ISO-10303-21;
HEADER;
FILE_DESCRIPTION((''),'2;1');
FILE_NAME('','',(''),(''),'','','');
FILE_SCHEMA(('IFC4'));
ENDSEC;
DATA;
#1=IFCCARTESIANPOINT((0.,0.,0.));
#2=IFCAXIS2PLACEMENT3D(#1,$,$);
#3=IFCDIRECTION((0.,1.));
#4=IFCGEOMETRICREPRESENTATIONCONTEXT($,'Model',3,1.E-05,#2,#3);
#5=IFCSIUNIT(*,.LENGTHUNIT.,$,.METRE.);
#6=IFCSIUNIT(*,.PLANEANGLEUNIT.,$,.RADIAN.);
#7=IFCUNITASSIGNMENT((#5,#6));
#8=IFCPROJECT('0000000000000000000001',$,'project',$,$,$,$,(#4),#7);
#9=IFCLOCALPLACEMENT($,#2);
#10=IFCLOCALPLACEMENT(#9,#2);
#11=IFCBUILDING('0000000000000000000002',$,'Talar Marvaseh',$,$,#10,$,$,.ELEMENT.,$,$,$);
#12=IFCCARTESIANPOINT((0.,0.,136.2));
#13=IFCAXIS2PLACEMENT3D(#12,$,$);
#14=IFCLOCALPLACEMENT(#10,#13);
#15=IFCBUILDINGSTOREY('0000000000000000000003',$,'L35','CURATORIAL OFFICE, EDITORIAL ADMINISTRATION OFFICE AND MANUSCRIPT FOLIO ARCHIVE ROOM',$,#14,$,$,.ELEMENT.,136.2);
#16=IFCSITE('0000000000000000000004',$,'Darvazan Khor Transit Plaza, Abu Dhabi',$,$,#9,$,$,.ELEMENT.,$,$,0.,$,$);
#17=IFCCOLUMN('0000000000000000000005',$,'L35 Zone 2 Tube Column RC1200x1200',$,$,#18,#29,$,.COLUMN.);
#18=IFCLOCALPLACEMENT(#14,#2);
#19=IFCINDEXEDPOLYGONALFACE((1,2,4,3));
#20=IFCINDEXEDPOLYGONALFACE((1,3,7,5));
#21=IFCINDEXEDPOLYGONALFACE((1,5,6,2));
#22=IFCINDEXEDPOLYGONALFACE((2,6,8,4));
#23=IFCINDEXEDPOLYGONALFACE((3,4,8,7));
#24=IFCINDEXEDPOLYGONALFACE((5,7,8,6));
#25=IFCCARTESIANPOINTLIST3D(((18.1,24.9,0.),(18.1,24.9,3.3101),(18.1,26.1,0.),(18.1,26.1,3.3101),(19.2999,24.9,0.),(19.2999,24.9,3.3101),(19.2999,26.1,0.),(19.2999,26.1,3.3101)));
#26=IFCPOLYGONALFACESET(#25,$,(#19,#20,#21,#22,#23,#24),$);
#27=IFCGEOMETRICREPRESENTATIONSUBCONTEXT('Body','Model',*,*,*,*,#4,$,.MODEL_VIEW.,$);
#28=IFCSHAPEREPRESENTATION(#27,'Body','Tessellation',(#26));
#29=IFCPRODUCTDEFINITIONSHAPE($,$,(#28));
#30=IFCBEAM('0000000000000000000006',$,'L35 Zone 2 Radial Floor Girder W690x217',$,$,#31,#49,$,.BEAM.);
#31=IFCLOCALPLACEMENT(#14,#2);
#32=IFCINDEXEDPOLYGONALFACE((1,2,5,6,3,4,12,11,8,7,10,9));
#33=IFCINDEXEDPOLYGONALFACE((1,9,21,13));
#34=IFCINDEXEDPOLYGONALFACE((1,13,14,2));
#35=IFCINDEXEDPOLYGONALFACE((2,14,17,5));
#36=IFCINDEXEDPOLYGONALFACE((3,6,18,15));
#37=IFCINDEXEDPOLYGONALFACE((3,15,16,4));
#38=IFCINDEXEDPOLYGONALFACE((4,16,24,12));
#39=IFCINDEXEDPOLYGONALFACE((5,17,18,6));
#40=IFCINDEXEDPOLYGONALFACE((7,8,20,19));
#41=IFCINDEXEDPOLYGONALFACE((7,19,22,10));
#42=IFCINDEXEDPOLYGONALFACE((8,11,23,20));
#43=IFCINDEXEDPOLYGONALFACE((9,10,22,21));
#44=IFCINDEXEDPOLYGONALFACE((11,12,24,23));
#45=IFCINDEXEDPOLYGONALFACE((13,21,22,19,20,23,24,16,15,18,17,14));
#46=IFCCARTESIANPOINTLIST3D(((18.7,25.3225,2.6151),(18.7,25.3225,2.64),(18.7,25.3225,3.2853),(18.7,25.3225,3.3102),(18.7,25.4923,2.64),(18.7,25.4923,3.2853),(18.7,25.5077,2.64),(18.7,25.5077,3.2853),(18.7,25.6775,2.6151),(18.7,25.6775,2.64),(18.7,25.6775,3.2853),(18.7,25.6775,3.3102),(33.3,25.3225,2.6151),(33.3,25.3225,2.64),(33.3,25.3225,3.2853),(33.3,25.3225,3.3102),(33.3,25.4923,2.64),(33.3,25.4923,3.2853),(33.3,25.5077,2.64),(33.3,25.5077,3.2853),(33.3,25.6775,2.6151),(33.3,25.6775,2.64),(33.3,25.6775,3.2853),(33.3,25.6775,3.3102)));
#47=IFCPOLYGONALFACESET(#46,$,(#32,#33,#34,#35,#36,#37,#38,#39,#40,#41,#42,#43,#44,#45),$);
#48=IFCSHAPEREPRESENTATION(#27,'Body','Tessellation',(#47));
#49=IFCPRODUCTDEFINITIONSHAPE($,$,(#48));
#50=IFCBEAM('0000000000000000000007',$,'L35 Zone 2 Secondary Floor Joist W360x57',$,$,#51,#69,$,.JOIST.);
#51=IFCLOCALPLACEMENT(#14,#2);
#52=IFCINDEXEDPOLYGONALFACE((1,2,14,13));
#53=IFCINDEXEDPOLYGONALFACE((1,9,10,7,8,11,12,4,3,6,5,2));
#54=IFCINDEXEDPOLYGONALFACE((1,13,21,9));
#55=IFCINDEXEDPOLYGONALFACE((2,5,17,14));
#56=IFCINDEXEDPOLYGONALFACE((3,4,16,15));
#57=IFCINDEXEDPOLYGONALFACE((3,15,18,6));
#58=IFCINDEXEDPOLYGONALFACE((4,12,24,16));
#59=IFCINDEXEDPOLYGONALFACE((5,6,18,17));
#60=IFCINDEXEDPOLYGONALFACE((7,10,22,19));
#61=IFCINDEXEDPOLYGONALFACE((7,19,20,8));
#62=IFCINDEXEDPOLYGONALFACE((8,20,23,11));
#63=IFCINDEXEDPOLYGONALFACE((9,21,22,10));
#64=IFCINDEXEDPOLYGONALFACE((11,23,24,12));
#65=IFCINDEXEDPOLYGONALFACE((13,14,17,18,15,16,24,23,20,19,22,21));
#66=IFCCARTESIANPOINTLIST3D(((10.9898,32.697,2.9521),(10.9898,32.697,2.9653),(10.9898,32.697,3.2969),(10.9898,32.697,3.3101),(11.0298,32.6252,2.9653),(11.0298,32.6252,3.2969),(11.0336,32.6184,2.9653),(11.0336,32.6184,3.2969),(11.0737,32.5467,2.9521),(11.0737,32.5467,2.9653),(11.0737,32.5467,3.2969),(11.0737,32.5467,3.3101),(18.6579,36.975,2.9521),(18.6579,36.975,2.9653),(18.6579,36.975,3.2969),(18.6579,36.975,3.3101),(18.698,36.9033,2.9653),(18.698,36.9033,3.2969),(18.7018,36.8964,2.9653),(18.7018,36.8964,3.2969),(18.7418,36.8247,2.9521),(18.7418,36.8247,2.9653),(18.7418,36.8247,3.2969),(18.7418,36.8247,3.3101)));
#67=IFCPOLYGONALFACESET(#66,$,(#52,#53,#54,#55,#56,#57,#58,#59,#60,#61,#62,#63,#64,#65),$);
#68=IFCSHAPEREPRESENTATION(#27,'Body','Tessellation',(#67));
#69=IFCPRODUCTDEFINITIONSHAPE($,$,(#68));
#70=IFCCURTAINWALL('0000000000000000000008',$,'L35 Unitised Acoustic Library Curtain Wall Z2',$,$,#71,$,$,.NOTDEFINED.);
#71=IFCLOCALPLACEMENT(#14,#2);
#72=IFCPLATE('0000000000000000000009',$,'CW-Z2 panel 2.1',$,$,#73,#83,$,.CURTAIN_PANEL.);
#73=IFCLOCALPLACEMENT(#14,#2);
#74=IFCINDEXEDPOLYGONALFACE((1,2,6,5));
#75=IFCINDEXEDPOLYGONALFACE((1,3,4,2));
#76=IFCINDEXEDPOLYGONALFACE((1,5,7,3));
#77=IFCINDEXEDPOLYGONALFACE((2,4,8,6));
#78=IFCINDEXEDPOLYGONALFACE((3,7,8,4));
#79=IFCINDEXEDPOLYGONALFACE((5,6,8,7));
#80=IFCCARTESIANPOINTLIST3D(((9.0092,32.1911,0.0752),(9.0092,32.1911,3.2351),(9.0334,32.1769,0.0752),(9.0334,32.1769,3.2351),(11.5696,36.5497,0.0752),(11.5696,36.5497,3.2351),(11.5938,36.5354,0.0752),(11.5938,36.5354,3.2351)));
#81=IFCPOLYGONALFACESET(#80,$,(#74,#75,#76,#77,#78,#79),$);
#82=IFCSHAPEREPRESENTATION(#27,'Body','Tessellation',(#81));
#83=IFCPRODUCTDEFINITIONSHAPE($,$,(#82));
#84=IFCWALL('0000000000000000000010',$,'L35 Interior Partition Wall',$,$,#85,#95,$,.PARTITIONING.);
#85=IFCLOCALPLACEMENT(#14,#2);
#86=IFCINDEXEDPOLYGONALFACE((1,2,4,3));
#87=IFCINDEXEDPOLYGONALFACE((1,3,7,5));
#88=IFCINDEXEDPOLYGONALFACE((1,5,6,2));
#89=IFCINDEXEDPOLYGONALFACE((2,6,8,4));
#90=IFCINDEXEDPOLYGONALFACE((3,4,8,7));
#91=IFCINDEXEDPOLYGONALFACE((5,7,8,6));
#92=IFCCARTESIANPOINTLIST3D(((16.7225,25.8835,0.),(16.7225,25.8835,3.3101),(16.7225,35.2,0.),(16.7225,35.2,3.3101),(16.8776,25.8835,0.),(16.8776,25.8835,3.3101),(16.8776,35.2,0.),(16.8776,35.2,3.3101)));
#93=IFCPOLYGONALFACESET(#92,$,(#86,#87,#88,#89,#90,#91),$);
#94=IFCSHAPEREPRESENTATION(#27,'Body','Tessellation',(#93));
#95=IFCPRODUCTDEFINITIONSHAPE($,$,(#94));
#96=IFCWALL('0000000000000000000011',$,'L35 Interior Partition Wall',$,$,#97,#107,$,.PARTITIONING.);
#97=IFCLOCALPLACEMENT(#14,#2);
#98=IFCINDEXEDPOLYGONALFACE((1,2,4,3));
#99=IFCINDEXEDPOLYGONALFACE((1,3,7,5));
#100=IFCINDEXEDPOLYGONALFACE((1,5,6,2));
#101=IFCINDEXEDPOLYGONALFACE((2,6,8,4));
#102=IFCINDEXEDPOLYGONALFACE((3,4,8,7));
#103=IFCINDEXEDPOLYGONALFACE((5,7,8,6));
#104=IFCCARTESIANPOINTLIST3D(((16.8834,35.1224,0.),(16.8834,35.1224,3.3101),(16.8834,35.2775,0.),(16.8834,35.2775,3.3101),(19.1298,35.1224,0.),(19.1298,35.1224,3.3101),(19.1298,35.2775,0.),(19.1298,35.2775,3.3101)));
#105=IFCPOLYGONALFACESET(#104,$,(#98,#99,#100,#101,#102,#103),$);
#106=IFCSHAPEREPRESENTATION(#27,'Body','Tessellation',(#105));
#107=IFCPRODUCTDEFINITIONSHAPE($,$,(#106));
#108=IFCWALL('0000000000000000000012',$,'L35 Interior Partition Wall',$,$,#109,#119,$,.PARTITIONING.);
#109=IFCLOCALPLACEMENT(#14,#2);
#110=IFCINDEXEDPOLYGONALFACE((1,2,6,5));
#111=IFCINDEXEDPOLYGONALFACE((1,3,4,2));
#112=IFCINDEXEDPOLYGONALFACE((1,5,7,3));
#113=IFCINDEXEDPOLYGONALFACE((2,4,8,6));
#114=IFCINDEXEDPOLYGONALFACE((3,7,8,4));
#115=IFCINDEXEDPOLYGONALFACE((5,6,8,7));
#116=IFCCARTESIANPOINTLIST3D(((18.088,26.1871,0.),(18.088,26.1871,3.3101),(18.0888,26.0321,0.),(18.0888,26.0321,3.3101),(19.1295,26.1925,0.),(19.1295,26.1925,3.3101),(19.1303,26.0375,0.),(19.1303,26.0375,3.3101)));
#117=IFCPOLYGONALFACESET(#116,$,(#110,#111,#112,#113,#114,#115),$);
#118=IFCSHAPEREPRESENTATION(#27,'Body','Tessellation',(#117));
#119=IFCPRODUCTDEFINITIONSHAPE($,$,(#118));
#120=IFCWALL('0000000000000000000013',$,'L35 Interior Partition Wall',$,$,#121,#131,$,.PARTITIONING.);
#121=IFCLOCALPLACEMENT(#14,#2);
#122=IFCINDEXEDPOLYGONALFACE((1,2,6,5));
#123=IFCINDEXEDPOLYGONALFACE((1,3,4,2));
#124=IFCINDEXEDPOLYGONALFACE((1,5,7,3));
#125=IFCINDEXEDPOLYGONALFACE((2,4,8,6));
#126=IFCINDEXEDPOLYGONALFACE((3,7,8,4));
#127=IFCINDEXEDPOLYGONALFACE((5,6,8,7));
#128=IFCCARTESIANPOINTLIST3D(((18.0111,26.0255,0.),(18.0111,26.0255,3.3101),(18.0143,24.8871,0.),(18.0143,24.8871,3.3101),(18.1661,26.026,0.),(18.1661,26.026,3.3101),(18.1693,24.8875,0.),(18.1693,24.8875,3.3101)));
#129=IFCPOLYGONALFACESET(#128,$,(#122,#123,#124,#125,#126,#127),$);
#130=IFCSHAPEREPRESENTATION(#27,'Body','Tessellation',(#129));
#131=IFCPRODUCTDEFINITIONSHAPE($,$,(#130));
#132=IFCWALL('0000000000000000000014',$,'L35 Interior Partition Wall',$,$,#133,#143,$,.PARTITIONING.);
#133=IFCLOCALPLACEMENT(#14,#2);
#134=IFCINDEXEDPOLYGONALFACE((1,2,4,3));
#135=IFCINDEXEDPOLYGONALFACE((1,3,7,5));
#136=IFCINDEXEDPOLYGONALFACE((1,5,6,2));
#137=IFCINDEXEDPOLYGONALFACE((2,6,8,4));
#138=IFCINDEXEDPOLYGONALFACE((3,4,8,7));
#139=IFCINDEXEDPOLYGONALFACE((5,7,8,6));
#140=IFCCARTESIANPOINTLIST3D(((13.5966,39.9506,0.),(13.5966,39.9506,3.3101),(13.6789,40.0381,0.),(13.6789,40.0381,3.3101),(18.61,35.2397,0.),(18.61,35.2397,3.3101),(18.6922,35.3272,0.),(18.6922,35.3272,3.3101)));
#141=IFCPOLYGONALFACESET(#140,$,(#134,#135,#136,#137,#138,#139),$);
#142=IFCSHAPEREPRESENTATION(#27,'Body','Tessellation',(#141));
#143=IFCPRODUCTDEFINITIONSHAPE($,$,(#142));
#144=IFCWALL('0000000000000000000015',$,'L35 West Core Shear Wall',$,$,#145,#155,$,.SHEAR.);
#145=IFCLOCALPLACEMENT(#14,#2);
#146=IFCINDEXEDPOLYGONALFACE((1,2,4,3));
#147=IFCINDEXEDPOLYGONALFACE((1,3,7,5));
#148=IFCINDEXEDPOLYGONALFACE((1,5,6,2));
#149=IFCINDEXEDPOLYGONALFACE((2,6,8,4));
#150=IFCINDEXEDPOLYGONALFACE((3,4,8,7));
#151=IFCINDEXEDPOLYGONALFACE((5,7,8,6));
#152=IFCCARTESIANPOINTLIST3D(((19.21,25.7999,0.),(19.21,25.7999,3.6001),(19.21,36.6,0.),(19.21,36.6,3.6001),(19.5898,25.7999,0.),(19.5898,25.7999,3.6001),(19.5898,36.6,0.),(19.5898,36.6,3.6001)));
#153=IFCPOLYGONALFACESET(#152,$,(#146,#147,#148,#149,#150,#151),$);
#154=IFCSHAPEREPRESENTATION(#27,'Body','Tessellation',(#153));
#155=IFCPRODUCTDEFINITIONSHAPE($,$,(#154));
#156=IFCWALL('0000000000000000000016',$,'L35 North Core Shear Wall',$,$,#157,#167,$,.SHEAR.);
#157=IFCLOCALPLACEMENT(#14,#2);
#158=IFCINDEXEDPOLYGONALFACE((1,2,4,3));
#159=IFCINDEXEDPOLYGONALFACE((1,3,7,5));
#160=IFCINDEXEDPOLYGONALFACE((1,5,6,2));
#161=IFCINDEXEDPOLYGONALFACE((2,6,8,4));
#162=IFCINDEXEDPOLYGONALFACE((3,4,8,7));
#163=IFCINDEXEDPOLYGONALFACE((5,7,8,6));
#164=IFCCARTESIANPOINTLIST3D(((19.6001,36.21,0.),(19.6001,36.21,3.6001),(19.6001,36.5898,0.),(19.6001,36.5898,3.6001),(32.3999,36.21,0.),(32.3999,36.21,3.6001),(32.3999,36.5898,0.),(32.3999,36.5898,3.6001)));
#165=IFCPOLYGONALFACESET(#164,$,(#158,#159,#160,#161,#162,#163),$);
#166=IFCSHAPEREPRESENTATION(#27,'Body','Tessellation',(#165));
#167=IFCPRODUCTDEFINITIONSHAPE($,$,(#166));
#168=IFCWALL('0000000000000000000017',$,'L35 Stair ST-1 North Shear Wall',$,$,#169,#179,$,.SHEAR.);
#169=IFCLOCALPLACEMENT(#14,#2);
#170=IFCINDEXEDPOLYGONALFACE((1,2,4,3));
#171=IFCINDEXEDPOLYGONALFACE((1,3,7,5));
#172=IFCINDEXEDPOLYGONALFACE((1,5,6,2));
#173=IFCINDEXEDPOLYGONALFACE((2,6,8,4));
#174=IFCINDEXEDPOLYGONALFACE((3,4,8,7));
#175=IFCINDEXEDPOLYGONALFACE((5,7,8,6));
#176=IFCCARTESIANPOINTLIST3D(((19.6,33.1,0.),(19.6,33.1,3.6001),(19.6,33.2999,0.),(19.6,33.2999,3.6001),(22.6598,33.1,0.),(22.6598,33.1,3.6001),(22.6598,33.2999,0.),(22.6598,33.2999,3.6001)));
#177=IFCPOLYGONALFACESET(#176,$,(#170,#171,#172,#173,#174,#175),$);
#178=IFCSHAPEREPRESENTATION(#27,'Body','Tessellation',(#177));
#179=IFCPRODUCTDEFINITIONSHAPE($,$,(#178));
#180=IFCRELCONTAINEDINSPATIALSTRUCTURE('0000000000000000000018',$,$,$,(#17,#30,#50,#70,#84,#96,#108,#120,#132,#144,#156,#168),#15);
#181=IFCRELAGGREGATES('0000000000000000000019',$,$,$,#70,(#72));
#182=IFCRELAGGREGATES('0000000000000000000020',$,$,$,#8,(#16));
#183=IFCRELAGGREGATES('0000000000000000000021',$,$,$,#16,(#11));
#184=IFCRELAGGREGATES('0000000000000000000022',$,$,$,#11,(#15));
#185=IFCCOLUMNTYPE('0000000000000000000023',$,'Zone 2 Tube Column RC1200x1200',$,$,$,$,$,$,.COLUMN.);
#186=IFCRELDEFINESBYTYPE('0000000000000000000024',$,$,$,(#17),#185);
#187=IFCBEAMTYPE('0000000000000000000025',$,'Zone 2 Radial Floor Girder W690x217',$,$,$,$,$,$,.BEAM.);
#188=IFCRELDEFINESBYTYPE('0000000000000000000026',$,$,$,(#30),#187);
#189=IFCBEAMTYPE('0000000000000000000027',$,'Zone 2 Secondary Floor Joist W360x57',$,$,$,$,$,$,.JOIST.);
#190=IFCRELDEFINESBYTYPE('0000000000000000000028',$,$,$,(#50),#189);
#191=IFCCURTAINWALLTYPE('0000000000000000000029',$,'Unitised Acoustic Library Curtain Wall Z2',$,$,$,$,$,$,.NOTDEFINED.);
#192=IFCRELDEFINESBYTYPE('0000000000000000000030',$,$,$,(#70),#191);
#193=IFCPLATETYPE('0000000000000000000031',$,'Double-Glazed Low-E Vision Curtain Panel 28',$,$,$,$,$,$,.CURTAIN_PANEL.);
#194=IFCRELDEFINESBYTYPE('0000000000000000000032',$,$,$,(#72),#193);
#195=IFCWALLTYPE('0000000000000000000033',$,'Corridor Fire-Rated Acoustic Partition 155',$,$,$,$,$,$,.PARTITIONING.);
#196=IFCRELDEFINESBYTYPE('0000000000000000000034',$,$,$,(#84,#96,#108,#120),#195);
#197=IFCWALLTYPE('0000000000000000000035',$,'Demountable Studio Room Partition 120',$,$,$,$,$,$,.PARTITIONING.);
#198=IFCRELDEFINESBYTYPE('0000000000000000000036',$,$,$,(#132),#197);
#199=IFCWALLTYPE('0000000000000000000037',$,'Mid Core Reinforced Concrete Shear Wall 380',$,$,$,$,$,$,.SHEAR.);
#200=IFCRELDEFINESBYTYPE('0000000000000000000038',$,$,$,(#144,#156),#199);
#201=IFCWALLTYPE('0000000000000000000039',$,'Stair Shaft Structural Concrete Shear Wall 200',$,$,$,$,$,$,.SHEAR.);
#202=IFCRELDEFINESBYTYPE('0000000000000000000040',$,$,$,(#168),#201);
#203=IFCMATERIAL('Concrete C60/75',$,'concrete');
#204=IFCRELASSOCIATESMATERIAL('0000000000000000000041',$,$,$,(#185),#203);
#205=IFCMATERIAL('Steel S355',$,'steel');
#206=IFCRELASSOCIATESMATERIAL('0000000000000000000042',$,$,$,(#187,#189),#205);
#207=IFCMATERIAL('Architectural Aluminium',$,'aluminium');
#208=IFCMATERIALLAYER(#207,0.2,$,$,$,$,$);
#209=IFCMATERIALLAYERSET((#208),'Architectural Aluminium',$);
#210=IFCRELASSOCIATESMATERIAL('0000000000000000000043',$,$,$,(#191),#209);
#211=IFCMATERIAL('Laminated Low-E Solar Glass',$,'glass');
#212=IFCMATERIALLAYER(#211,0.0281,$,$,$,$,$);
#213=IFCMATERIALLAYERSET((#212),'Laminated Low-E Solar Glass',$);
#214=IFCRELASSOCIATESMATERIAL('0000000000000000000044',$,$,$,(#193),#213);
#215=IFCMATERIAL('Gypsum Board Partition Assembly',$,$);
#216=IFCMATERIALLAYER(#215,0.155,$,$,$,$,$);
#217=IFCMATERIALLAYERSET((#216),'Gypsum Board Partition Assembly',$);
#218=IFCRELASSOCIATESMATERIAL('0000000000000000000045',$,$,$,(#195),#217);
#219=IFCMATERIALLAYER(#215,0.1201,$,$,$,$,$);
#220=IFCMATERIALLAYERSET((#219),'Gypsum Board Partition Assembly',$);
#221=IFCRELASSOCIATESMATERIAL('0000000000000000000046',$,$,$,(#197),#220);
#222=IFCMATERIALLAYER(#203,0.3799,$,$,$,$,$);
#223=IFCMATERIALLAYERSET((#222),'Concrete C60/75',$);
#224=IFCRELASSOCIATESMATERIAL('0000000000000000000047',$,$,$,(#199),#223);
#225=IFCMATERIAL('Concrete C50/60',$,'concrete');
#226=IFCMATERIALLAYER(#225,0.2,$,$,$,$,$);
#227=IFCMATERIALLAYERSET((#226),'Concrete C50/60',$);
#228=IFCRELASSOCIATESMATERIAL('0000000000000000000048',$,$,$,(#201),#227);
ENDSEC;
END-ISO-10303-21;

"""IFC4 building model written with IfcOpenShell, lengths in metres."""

from ifc_helpers import new_model, si_unit, direction, frame, frame_2d, origin, origin_2d, place, context, subcontext, project, spatial, rectangle, i_section, extrude, source, transform, mapped, material, layer, layer_set, material_profile, profile_set, type_object, type_shapes, element, aggregate, save


model = new_model("IFC4")

# Units and contexts
model_context = context("Model", 3, precision=1e-05, world=origin(), true_north=direction((0.0, 1.0)))
body_context = subcontext(model_context, "Body", "Model", "MODEL_VIEW")
ifc_project = project(units=[si_unit("LENGTHUNIT", "METRE"), si_unit("PLANEANGLEUNIT", "RADIAN")], contexts=[model_context])

# Site, building, storey
site_placement = place(None, origin())
site = spatial("IfcSite", under=ifc_project, at=site_placement, Name="Darvazan Khor Transit Plaza, Abu Dhabi", CompositionType="ELEMENT", RefElevation=0.0)
building_placement = place(site_placement, origin())
building = spatial("IfcBuilding", under=site, at=building_placement, Name="Talar Marvaseh", CompositionType="ELEMENT")
storey_placement = place(building_placement, frame((0.0, 0.0, 136.2)))
storey = spatial("IfcBuildingStorey", under=building, at=storey_placement, Name="L35", Description="CURATORIAL OFFICE, EDITORIAL ADMINISTRATION OFFICE AND MANUSCRIPT FOLIO ARCHIVE ROOM", CompositionType="ELEMENT", Elevation=136.2)

# Column
ifc_material_1 = material(Name="Concrete C60/75", Category="concrete")
ifc_material_profile_1 = material_profile(ifc_material_1, rectangle(XDim=1.2, YDim=1.2, at=origin_2d()), Name="RC1200x1200")
ifc_profile_set_1 = profile_set([ifc_material_profile_1], Name="Concrete C60/75")
column_type = type_object("IfcColumnType", Name="Zone 2 Tube Column RC1200x1200", PredefinedType="COLUMN", material=ifc_profile_set_1)
column_placement = place(storey_placement, frame((18.7, 25.5, 0.0), z_axis=(0.0, 0.0, 1.0), x_axis=(1.0, 0.0, 0.0)))
element("IfcColumn", 1, at=column_placement, inside=storey, type_object=column_type, Name="L35 Zone 2 Tube Column RC1200x1200", PredefinedType="COLUMN", context=body_context, shape_type="SweptSolid", body=[
    extrude(rectangle(XDim=1.2, YDim=1.2, at=origin_2d()), origin(), (0.0, 0.0, 1.0), 3.3101),
])

# Beams
ifc_material_2 = material(Name="Steel S355", Category="steel")
ifc_material_profile_2 = material_profile(ifc_material_2, i_section(OverallWidth=0.355, OverallDepth=0.6951, WebThickness=0.0154, FlangeThickness=0.0249, at=origin_2d()), Name="W690x217")
ifc_profile_set_2 = profile_set([ifc_material_profile_2], Name="Steel S355")
beam_type_1 = type_object("IfcBeamType", Name="Zone 2 Radial Floor Girder W690x217", PredefinedType="BEAM", material=ifc_profile_set_2)
beam_1_placement = place(storey_placement, frame((18.7, 25.5, 2.9626), z_axis=(1.0, 0.0, 0.0), x_axis=(0.0, 1.0, 0.0)))
element("IfcBeam", 2, at=beam_1_placement, inside=storey, type_object=beam_type_1, Name="L35 Zone 2 Radial Floor Girder W690x217", PredefinedType="BEAM", context=body_context, shape_type="SweptSolid", body=[
    extrude(i_section(OverallWidth=0.355, OverallDepth=0.6951, WebThickness=0.0154, FlangeThickness=0.0249, at=origin_2d()), origin(), (0.0, 0.0, 1.0), 14.6001),
])
ifc_material_profile_3 = material_profile(ifc_material_2, i_section(OverallWidth=0.1721, OverallDepth=0.3579, WebThickness=0.0078, FlangeThickness=0.0132, at=origin_2d()), Name="W360x57")
ifc_profile_set_3 = profile_set([ifc_material_profile_3], Name="Steel S355")
beam_type_2 = type_object("IfcBeamType", Name="Zone 2 Secondary Floor Joist W360x57", PredefinedType="JOIST", material=ifc_profile_set_3)
beam_2_placement = place(storey_placement, frame((11.0317, 32.6218, 3.1311), z_axis=(0.873288, 0.487205, 0.0), x_axis=(-0.487205, 0.873288, 0.0)))
element("IfcBeam", 3, at=beam_2_placement, inside=storey, type_object=beam_type_2, Name="L35 Zone 2 Secondary Floor Joist W360x57", PredefinedType="JOIST", context=body_context, shape_type="SweptSolid", body=[
    extrude(i_section(OverallWidth=0.1721, OverallDepth=0.3579, WebThickness=0.0078, FlangeThickness=0.0132, at=origin_2d()), origin(), (0.0, 0.0, 1.0), 8.7808),
])

# Curtain wall, plate
ifc_material_3 = material(Name="Architectural Aluminium", Category="aluminium")
ifc_layer_1 = layer(ifc_material_3, 0.2)
ifc_layer_set_1 = layer_set([ifc_layer_1], Name="Architectural Aluminium")
curtain_wall_type = type_object("IfcCurtainWallType", Name="Unitised Acoustic Library Curtain Wall Z2", PredefinedType="NOTDEFINED", material=ifc_layer_set_1)
curtain_wall_placement = place(storey_placement, origin())
curtain_wall = element("IfcCurtainWall", 4, at=curtain_wall_placement, inside=storey, type_object=curtain_wall_type, Name="L35 Unitised Acoustic Library Curtain Wall Z2", PredefinedType="NOTDEFINED")
ifc_material_4 = material(Name="Laminated Low-E Solar Glass", Category="glass")
ifc_layer_2 = layer(ifc_material_4, 0.0281)
ifc_layer_set_2 = layer_set([ifc_layer_2], Name="Laminated Low-E Solar Glass")
plate_type = type_object("IfcPlateType", Name="Double-Glazed Low-E Vision Curtain Panel 28", PredefinedType="CURTAIN_PANEL", material=ifc_layer_set_2)
shared_shape_1 = source(origin(), body_context, "Body", "SweptSolid", [
    extrude(rectangle(XDim=5.0549, YDim=0.0281, at=origin_2d()), origin(), (0.0, 0.0, 1.0), 3.1599),
])
type_shapes(plate_type, [shared_shape_1])
plate_placement = place(storey_placement, frame((10.3015, 34.3633, 0.0752), z_axis=(0.0, 0.0, 1.0), x_axis=(0.506512, 0.862233, 0.0)))
plate = element("IfcPlate", 5, at=plate_placement, type_object=plate_type, Name="CW-Z2 panel 2.1", PredefinedType="CURTAIN_PANEL", context=body_context, shape_type="MappedRepresentation", body=[
    mapped(shared_shape_1, transform((0.0, 0.0, 0.0), x_axis=(1.0, 0.0, 0.0), y_axis=(0.0, 1.0, 0.0), z_axis=(0.0, 0.0, 1.0), scale=1.0)),
])
aggregate(curtain_wall, [plate])

# Walls
ifc_material_5 = material(Name="Gypsum Board Partition Assembly")
ifc_layer_3 = layer(ifc_material_5, 0.155)
ifc_layer_set_3 = layer_set([ifc_layer_3], Name="Gypsum Board Partition Assembly")
wall_type_1 = type_object("IfcWallType", Name="Corridor Fire-Rated Acoustic Partition 155", PredefinedType="PARTITIONING", material=ifc_layer_set_3)
wall_1_placement = place(storey_placement, frame((16.8, 25.8835, 0.0), z_axis=(0.0, 0.0, 1.0), x_axis=(0.0, 1.0, 0.0)))
element("IfcWall", 6, at=wall_1_placement, inside=storey, type_object=wall_type_1, Name="L35 Interior Partition Wall", PredefinedType="PARTITIONING", context=body_context, shape_type="SweptSolid", body=[
    extrude(rectangle(XDim=9.3164, YDim=0.155, at=frame_2d((4.6582, 0.0))), origin(), (0.0, 0.0, 1.0), 3.3101),
])
wall_2_placement = place(storey_placement, frame((16.8835, 35.2, 0.0), z_axis=(0.0, 0.0, 1.0), x_axis=(1.0, 0.0, 0.0)))
element("IfcWall", 7, at=wall_2_placement, inside=storey, type_object=wall_type_1, Name="L35 Interior Partition Wall", PredefinedType="PARTITIONING", context=body_context, shape_type="SweptSolid", body=[
    extrude(rectangle(XDim=2.2463, YDim=0.155, at=frame_2d((1.123, 0.0))), origin(), (0.0, 0.0, 1.0), 3.3101),
])
wall_3_placement = place(storey_placement, frame((19.1299, 26.115, 0.0), z_axis=(0.0, 0.0, 1.0), x_axis=(-0.999987, -0.005157, 0.0)))
element("IfcWall", 8, at=wall_3_placement, inside=storey, type_object=wall_type_1, Name="L35 Interior Partition Wall", PredefinedType="PARTITIONING", context=body_context, shape_type="SweptSolid", body=[
    extrude(rectangle(XDim=1.0415, YDim=0.155, at=frame_2d((0.5208, 0.0))), origin(), (0.0, 0.0, 1.0), 3.3101),
])
wall_4_placement = place(storey_placement, frame((18.0886, 26.0259, 0.0), z_axis=(0.0, 0.0, 1.0), x_axis=(0.002788, -0.999996, 0.0)))
element("IfcWall", 9, at=wall_4_placement, inside=storey, type_object=wall_type_1, Name="L35 Interior Partition Wall", PredefinedType="PARTITIONING", context=body_context, shape_type="SweptSolid", body=[
    extrude(rectangle(XDim=1.1384, YDim=0.155, at=frame_2d((0.5693, 0.0))), origin(), (0.0, 0.0, 1.0), 3.3101),
])
ifc_layer_4 = layer(ifc_material_5, 0.1201)
ifc_layer_set_4 = layer_set([ifc_layer_4], Name="Gypsum Board Partition Assembly")
wall_type_2 = type_object("IfcWallType", Name="Demountable Studio Room Partition 120", PredefinedType="PARTITIONING", material=ifc_layer_set_4)
wall_5_placement = place(storey_placement, frame((18.6511, 35.2834, 0.0), z_axis=(0.0, 0.0, 1.0), x_axis=(-0.72875, 0.68478, 0.0)))
element("IfcWall", 10, at=wall_5_placement, inside=storey, type_object=wall_type_2, Name="L35 Interior Partition Wall", PredefinedType="PARTITIONING", context=body_context, shape_type="SweptSolid", body=[
    extrude(rectangle(XDim=6.8794, YDim=0.1201, at=frame_2d((3.4397, 0.0))), origin(), (0.0, 0.0, 1.0), 3.3101),
])
ifc_layer_5 = layer(ifc_material_1, 0.3799)
ifc_layer_set_5 = layer_set([ifc_layer_5], Name="Concrete C60/75")
wall_type_3 = type_object("IfcWallType", Name="Mid Core Reinforced Concrete Shear Wall 380", PredefinedType="SHEAR", material=ifc_layer_set_5)
wall_6_placement = place(storey_placement, frame((19.3999, 25.8, 0.0), z_axis=(0.0, 0.0, 1.0), x_axis=(0.0, 1.0, 0.0)))
element("IfcWall", 11, at=wall_6_placement, inside=storey, type_object=wall_type_3, Name="L35 West Core Shear Wall", PredefinedType="SHEAR", context=body_context, shape_type="SweptSolid", body=[
    extrude(rectangle(XDim=10.8, YDim=0.3799, at=frame_2d((5.3999, 0.0))), origin(), (0.0, 0.0, 1.0), 3.6001),
])
wall_7_placement = place(storey_placement, frame((19.6001, 36.3999, 0.0), z_axis=(0.0, 0.0, 1.0), x_axis=(1.0, 0.0, 0.0)))
element("IfcWall", 12, at=wall_7_placement, inside=storey, type_object=wall_type_3, Name="L35 North Core Shear Wall", PredefinedType="SHEAR", context=body_context, shape_type="SweptSolid", body=[
    extrude(rectangle(XDim=12.7998, YDim=0.3799, at=frame_2d((6.3999, 0.0))), origin(), (0.0, 0.0, 1.0), 3.6001),
])
ifc_material_6 = material(Name="Concrete C50/60", Category="concrete")
ifc_layer_6 = layer(ifc_material_6, 0.2)
ifc_layer_set_6 = layer_set([ifc_layer_6], Name="Concrete C50/60")
wall_type_4 = type_object("IfcWallType", Name="Stair Shaft Structural Concrete Shear Wall 200", PredefinedType="SHEAR", material=ifc_layer_set_6)
wall_8_placement = place(storey_placement, frame((19.6001, 33.2, 0.0), z_axis=(0.0, 0.0, 1.0), x_axis=(1.0, 0.0, 0.0)))
element("IfcWall", 13, at=wall_8_placement, inside=storey, type_object=wall_type_4, Name="L35 Stair ST-1 North Shear Wall", PredefinedType="SHEAR", context=body_context, shape_type="SweptSolid", body=[
    extrude(rectangle(XDim=3.0598, YDim=0.2, at=frame_2d((1.5298, 0.0))), origin(), (0.0, 0.0, 1.0), 3.6001),
])

save(model, "model.ifc")
